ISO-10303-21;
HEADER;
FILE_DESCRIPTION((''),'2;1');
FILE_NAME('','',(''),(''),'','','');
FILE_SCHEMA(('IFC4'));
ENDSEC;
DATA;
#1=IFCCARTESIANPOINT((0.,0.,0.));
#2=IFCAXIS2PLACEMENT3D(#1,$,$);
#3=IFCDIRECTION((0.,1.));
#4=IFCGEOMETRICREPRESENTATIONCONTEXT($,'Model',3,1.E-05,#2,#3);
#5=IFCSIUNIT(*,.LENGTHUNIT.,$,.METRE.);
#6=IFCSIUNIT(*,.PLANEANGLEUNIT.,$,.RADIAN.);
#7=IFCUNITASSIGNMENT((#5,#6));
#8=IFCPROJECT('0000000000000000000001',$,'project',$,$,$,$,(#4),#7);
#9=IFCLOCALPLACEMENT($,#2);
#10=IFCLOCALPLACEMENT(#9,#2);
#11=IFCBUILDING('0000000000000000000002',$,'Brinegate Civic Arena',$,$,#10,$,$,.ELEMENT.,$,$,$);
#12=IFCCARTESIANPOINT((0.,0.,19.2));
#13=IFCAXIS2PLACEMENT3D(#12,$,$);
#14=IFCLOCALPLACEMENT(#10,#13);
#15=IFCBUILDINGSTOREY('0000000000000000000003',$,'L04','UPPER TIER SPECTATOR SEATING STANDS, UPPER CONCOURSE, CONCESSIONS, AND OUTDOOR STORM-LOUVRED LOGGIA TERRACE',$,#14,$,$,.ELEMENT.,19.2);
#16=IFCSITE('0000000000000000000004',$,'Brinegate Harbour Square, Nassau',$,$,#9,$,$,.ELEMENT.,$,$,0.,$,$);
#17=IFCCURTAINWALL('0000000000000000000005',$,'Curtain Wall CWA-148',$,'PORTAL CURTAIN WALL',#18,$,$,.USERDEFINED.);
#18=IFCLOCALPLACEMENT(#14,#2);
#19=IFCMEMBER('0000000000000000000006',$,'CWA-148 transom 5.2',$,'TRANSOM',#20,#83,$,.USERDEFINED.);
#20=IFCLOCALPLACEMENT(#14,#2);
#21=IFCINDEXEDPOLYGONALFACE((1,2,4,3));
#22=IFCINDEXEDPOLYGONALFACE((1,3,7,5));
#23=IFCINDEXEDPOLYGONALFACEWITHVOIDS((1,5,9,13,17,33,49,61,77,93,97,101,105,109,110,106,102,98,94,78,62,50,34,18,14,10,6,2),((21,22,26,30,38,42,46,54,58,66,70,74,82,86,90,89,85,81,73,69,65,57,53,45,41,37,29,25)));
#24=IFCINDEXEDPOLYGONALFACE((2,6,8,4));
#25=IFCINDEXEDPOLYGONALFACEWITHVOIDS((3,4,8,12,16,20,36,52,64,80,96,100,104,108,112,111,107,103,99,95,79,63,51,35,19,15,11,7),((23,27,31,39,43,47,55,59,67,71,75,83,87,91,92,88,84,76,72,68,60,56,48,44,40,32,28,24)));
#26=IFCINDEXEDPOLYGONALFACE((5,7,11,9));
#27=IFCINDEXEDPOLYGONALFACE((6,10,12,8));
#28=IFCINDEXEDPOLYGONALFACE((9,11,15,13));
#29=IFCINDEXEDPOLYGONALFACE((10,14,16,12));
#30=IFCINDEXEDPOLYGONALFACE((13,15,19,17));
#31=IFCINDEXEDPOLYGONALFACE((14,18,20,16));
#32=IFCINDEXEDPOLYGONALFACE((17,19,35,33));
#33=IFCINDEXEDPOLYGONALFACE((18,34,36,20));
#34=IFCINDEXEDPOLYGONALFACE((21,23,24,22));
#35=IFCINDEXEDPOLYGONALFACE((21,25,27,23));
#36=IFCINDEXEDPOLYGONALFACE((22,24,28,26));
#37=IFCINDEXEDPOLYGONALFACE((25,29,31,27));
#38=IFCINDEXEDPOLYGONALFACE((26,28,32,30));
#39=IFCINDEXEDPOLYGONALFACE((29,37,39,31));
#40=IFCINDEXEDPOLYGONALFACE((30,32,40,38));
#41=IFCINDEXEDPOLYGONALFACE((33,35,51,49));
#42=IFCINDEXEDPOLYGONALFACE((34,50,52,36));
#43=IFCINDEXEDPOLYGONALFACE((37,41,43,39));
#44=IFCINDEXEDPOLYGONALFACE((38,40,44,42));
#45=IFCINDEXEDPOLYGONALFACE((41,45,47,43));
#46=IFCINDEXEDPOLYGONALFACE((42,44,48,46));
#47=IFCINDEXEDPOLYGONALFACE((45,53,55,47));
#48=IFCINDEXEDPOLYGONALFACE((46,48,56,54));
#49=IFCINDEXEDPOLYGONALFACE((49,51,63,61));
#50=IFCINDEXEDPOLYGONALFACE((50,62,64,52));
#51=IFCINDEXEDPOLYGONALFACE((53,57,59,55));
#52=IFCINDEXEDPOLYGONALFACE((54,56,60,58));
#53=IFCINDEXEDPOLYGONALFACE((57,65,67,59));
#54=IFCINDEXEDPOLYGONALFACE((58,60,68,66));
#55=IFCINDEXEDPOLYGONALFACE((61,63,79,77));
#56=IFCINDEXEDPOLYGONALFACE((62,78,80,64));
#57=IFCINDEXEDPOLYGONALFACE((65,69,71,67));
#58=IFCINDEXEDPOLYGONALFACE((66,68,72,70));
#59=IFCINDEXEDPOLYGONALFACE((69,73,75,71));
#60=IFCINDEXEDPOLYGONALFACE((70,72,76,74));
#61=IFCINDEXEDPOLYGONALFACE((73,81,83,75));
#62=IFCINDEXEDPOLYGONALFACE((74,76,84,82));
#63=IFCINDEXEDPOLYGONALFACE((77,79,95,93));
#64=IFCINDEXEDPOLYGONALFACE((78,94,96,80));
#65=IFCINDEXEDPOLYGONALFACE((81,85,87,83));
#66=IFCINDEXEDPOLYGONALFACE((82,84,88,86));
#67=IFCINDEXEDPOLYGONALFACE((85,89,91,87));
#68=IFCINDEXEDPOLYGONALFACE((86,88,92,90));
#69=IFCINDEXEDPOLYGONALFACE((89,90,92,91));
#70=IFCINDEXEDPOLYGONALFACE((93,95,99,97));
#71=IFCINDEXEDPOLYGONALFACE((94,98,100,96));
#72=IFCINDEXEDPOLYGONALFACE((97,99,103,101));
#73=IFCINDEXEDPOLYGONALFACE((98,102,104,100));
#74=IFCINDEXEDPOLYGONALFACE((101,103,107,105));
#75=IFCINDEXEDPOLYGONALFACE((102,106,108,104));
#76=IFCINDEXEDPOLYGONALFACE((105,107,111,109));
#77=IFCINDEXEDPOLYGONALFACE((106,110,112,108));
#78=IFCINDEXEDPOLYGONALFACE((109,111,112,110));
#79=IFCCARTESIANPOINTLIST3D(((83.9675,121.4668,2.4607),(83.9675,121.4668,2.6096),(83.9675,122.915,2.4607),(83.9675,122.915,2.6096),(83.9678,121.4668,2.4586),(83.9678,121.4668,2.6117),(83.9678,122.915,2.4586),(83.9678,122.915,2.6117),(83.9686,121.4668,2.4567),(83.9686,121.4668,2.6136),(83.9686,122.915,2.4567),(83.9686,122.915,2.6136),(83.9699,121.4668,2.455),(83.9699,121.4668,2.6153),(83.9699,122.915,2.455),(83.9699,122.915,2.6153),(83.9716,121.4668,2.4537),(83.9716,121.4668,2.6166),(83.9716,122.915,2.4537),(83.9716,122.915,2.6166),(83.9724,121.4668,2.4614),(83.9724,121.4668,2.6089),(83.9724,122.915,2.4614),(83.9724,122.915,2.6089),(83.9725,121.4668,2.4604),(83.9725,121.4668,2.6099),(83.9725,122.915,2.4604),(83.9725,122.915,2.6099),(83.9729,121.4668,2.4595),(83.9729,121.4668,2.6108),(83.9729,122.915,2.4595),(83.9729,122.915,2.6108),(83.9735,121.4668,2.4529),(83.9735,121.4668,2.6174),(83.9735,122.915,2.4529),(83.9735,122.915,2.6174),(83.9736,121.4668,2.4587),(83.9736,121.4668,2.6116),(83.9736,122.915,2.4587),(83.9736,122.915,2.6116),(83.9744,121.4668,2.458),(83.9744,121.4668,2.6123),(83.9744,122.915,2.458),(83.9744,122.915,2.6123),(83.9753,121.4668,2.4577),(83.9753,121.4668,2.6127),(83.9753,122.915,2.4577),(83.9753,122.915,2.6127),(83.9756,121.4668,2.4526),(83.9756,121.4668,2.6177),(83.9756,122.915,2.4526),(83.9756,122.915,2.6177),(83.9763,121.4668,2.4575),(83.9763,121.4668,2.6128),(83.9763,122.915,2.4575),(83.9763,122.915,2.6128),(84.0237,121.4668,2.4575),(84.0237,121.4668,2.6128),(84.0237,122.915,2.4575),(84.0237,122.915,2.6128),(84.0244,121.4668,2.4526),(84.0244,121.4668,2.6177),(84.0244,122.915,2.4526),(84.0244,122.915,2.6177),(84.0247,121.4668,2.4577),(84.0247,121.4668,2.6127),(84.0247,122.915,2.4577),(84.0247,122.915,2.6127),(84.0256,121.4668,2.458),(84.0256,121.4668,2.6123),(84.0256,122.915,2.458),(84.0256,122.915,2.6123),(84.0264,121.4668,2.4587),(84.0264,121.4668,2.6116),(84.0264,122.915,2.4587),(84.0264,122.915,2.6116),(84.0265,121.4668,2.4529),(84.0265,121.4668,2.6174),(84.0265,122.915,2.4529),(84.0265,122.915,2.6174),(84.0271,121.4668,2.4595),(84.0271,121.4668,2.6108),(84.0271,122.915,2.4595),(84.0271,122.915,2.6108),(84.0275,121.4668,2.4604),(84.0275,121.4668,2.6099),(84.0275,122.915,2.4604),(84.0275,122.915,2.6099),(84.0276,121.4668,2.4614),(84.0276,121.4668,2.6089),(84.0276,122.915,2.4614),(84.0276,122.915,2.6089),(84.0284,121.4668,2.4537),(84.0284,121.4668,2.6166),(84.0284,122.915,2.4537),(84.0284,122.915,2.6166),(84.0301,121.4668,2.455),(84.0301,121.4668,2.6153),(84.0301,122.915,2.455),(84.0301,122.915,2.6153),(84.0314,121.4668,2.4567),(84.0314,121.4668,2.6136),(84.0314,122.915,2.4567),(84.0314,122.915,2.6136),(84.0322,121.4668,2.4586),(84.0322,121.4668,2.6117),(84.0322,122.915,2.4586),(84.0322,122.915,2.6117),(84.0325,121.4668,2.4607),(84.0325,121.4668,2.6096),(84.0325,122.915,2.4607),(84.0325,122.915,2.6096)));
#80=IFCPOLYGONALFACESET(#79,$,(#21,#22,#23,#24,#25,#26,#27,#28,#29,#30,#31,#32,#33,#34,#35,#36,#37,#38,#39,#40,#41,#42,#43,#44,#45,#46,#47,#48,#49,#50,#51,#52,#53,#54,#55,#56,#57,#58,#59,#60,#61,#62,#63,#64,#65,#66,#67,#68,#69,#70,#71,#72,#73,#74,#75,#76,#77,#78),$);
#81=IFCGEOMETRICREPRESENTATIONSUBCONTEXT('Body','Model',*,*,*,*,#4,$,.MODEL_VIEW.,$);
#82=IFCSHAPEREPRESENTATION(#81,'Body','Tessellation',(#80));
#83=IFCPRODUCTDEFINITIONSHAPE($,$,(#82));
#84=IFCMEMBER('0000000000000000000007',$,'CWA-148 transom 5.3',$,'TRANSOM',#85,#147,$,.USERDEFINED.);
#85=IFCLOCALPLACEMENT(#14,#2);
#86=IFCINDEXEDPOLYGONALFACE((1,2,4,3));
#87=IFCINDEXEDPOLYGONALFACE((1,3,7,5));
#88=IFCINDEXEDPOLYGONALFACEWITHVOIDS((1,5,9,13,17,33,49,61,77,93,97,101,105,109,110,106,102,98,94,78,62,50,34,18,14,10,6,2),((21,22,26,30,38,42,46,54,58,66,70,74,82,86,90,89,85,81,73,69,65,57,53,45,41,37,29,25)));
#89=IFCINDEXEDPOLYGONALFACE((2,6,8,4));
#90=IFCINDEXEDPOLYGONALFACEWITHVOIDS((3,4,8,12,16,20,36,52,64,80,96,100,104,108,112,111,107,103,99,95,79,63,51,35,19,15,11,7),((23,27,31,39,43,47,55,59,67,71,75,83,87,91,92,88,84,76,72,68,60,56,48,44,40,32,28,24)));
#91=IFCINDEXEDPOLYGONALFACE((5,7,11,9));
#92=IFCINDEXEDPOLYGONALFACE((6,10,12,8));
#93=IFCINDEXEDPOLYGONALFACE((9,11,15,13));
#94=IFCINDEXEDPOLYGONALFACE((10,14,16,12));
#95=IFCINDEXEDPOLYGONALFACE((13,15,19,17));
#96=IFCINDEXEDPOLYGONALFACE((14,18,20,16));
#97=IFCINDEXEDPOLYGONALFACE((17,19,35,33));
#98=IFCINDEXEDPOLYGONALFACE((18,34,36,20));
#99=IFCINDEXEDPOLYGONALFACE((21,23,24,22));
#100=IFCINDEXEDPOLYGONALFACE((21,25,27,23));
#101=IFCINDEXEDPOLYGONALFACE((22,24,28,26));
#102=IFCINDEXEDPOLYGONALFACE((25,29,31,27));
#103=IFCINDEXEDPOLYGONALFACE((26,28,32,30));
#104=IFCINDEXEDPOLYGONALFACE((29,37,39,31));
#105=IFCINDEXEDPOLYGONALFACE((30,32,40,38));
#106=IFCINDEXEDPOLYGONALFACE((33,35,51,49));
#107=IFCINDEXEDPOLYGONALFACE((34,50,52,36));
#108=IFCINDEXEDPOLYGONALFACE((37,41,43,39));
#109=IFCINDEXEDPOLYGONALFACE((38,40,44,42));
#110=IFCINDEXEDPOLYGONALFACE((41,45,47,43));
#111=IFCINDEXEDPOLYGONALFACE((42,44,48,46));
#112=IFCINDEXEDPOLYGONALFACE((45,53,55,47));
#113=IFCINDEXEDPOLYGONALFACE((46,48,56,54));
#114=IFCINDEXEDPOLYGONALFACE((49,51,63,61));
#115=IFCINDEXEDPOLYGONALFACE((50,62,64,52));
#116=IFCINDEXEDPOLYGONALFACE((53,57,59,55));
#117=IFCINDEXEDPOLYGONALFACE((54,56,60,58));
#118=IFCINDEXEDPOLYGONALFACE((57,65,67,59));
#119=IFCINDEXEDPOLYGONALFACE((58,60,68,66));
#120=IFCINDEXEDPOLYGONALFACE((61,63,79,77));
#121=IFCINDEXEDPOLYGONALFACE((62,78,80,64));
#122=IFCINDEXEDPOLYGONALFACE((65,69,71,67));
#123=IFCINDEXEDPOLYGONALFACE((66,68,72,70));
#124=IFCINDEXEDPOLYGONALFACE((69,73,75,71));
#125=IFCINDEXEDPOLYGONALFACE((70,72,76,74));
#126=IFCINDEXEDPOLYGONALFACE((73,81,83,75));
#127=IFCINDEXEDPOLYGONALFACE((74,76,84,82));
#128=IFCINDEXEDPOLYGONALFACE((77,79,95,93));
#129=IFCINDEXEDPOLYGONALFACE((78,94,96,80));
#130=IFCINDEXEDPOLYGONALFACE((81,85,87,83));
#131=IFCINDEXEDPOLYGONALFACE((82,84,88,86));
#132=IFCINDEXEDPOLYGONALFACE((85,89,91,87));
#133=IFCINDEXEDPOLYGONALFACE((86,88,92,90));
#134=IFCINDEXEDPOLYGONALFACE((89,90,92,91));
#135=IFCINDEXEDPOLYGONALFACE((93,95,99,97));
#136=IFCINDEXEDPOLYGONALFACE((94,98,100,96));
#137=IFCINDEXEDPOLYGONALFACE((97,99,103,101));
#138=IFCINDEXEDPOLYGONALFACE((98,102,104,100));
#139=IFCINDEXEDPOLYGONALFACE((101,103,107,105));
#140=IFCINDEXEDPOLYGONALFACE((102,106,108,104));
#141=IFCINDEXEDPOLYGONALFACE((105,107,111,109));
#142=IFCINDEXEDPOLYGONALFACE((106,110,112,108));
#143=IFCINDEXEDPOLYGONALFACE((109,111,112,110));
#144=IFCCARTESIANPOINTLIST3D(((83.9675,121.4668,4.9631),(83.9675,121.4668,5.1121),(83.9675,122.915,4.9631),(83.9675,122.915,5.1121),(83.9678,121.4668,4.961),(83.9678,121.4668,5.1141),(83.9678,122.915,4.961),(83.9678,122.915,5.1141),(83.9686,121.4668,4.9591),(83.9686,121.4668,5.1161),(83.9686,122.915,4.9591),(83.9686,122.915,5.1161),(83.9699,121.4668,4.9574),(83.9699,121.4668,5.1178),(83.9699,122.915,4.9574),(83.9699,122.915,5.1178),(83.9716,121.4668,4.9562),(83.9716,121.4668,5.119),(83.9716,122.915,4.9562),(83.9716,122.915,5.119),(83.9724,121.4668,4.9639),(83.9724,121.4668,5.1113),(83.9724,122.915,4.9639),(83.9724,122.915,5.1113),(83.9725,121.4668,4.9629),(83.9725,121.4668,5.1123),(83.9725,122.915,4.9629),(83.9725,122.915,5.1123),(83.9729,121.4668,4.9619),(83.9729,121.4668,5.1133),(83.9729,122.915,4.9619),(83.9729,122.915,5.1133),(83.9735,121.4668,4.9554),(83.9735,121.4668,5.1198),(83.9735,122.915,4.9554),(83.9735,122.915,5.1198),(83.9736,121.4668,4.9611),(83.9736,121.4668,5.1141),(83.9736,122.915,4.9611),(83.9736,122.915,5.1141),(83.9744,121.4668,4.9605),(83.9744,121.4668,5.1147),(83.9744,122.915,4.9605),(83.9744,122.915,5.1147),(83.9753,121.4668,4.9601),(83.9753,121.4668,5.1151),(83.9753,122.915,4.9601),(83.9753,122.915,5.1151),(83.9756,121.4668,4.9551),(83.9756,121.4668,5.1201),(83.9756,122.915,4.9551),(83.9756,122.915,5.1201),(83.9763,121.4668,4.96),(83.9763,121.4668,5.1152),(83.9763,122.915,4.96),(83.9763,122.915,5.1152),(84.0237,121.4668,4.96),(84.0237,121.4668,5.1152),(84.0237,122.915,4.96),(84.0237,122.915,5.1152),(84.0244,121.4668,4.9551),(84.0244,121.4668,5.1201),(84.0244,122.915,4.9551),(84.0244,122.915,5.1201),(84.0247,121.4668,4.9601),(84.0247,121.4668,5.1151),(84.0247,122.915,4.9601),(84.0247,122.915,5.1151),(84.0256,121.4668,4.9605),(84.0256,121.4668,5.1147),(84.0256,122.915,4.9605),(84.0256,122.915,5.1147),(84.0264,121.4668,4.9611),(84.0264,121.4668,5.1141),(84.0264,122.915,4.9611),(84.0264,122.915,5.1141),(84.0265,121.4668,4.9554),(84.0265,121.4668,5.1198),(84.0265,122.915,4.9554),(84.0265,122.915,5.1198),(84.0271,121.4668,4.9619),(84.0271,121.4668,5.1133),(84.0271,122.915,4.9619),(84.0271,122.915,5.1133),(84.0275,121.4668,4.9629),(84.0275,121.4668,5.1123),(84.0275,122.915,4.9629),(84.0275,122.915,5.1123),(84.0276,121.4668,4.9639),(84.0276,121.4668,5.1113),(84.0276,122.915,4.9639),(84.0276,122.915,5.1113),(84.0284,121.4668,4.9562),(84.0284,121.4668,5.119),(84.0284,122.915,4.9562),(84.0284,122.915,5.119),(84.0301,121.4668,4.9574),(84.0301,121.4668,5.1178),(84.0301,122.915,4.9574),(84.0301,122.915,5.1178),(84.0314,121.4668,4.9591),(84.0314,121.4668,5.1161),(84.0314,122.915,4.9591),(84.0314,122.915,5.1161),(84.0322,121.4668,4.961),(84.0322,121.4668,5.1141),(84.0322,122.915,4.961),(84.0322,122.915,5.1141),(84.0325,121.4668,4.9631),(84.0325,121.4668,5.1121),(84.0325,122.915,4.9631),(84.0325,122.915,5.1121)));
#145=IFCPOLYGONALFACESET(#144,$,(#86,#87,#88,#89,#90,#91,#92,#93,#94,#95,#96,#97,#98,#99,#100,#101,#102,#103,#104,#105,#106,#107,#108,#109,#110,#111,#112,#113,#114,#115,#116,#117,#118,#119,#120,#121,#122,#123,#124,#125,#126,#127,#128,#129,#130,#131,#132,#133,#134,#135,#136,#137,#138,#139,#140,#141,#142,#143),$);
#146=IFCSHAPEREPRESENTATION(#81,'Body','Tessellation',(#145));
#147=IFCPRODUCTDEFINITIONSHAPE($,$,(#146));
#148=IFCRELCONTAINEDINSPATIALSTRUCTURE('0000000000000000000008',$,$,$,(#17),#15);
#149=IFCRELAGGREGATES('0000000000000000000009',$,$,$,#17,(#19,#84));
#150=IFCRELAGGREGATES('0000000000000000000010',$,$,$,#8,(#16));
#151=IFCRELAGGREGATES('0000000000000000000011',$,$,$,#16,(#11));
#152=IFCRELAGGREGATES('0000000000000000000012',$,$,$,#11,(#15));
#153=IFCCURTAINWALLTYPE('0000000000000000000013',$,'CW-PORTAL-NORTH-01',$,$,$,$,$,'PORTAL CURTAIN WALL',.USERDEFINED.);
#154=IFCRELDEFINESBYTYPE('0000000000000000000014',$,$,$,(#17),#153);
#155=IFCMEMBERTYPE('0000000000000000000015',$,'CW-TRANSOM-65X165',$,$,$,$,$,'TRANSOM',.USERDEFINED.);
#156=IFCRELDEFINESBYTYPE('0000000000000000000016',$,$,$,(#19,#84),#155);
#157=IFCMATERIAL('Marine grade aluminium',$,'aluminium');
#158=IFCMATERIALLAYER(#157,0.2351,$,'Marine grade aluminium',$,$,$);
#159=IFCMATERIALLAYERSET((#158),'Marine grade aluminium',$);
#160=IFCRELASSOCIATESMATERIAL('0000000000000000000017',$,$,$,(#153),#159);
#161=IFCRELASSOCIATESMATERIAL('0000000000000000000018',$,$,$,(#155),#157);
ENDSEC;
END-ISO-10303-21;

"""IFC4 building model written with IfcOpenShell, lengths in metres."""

from ifc_helpers import new_model, si_unit, direction, frame, origin, origin_2d, place, context, subcontext, project, spatial, hollow_rectangle, extrude, material, layer, layer_set, material_profile, profile_set, type_object, element, aggregate, save


model = new_model("IFC4")

# Units and contexts
model_context = context("Model", 3, precision=1e-05, world=origin(), true_north=direction((0.0, 1.0)))
body_context = subcontext(model_context, "Body", "Model", "MODEL_VIEW")
ifc_project = project(units=[si_unit("LENGTHUNIT", "METRE"), si_unit("PLANEANGLEUNIT", "RADIAN")], contexts=[model_context])

# Site, building, storey
site_placement = place(None, origin())
site = spatial("IfcSite", under=ifc_project, at=site_placement, Name="Brinegate Harbour Square, Nassau", CompositionType="ELEMENT", RefElevation=0.0)
building_placement = place(site_placement, origin())
building = spatial("IfcBuilding", under=site, at=building_placement, Name="Brinegate Civic Arena", CompositionType="ELEMENT")
storey_placement = place(building_placement, frame((0.0, 0.0, 19.2)))
storey = spatial("IfcBuildingStorey", under=building, at=storey_placement, Name="L04", Description="UPPER TIER SPECTATOR SEATING STANDS, UPPER CONCOURSE, CONCESSIONS, AND OUTDOOR STORM-LOUVRED LOGGIA TERRACE", CompositionType="ELEMENT", Elevation=19.2)

# Shared definitions
ifc_material_1 = material(Name="Marine grade aluminium", Category="aluminium")
ifc_layer_1 = layer(ifc_material_1, 0.2351, Name="Marine grade aluminium")
ifc_layer_set_1 = layer_set([ifc_layer_1], Name="Marine grade aluminium")
curtain_wall_type = type_object("IfcCurtainWallType", Name="CW-PORTAL-NORTH-01", ElementType="PORTAL CURTAIN WALL", PredefinedType="USERDEFINED", material=ifc_layer_set_1)

# Curtain wall, members
curtain_wall_1_placement = place(storey_placement, origin())
curtain_wall_1 = element("IfcCurtainWall", 1, at=curtain_wall_1_placement, inside=storey, type_object=curtain_wall_type, Name="Curtain Wall CWA-148", ObjectType="PORTAL CURTAIN WALL", PredefinedType="USERDEFINED")
ifc_material_profile_1 = material_profile(ifc_material_1, hollow_rectangle(XDim=0.0649, YDim=0.165, WallThickness=0.0049, InnerFilletRadius=0.0039, OuterFilletRadius=0.0081, at=origin_2d()), Name="TRN65X165")
ifc_profile_set_1 = profile_set([ifc_material_profile_1], Name="Marine grade aluminium")
member_type_1 = type_object("IfcMemberType", Name="CW-TRANSOM-65X165", ElementType="TRANSOM", PredefinedType="USERDEFINED", material=ifc_profile_set_1)
member_1_placement = place(storey_placement, frame((84.0, 121.4668, 2.5352), z_axis=(0.0, 1.0, 0.0), x_axis=(-1.0, 0.0, 0.0)))
member_1 = element("IfcMember", 2, at=member_1_placement, type_object=member_type_1, Name="CWA-148 transom 5.2", ObjectType="TRANSOM", PredefinedType="USERDEFINED", context=body_context, shape_type="SweptSolid", body=[
    extrude(hollow_rectangle(XDim=0.0649, YDim=0.165, WallThickness=0.0049, InnerFilletRadius=0.0039, OuterFilletRadius=0.0081, at=origin_2d()), origin(), (0.0, 0.0, 1.0), 1.4482),
])
member_2_placement = place(storey_placement, frame((84.0, 121.4668, 5.0376), z_axis=(0.0, 1.0, 0.0), x_axis=(-1.0, 0.0, 0.0)))
member_2 = element("IfcMember", 3, at=member_2_placement, type_object=member_type_1, Name="CWA-148 transom 5.3", ObjectType="TRANSOM", PredefinedType="USERDEFINED", context=body_context, shape_type="SweptSolid", body=[
    extrude(hollow_rectangle(XDim=0.0649, YDim=0.165, WallThickness=0.0049, InnerFilletRadius=0.0039, OuterFilletRadius=0.0081, at=origin_2d()), origin(), (0.0, 0.0, 1.0), 1.4482),
])

aggregate(curtain_wall_1, [member_1, member_2])

save(model, "model.ifc")
